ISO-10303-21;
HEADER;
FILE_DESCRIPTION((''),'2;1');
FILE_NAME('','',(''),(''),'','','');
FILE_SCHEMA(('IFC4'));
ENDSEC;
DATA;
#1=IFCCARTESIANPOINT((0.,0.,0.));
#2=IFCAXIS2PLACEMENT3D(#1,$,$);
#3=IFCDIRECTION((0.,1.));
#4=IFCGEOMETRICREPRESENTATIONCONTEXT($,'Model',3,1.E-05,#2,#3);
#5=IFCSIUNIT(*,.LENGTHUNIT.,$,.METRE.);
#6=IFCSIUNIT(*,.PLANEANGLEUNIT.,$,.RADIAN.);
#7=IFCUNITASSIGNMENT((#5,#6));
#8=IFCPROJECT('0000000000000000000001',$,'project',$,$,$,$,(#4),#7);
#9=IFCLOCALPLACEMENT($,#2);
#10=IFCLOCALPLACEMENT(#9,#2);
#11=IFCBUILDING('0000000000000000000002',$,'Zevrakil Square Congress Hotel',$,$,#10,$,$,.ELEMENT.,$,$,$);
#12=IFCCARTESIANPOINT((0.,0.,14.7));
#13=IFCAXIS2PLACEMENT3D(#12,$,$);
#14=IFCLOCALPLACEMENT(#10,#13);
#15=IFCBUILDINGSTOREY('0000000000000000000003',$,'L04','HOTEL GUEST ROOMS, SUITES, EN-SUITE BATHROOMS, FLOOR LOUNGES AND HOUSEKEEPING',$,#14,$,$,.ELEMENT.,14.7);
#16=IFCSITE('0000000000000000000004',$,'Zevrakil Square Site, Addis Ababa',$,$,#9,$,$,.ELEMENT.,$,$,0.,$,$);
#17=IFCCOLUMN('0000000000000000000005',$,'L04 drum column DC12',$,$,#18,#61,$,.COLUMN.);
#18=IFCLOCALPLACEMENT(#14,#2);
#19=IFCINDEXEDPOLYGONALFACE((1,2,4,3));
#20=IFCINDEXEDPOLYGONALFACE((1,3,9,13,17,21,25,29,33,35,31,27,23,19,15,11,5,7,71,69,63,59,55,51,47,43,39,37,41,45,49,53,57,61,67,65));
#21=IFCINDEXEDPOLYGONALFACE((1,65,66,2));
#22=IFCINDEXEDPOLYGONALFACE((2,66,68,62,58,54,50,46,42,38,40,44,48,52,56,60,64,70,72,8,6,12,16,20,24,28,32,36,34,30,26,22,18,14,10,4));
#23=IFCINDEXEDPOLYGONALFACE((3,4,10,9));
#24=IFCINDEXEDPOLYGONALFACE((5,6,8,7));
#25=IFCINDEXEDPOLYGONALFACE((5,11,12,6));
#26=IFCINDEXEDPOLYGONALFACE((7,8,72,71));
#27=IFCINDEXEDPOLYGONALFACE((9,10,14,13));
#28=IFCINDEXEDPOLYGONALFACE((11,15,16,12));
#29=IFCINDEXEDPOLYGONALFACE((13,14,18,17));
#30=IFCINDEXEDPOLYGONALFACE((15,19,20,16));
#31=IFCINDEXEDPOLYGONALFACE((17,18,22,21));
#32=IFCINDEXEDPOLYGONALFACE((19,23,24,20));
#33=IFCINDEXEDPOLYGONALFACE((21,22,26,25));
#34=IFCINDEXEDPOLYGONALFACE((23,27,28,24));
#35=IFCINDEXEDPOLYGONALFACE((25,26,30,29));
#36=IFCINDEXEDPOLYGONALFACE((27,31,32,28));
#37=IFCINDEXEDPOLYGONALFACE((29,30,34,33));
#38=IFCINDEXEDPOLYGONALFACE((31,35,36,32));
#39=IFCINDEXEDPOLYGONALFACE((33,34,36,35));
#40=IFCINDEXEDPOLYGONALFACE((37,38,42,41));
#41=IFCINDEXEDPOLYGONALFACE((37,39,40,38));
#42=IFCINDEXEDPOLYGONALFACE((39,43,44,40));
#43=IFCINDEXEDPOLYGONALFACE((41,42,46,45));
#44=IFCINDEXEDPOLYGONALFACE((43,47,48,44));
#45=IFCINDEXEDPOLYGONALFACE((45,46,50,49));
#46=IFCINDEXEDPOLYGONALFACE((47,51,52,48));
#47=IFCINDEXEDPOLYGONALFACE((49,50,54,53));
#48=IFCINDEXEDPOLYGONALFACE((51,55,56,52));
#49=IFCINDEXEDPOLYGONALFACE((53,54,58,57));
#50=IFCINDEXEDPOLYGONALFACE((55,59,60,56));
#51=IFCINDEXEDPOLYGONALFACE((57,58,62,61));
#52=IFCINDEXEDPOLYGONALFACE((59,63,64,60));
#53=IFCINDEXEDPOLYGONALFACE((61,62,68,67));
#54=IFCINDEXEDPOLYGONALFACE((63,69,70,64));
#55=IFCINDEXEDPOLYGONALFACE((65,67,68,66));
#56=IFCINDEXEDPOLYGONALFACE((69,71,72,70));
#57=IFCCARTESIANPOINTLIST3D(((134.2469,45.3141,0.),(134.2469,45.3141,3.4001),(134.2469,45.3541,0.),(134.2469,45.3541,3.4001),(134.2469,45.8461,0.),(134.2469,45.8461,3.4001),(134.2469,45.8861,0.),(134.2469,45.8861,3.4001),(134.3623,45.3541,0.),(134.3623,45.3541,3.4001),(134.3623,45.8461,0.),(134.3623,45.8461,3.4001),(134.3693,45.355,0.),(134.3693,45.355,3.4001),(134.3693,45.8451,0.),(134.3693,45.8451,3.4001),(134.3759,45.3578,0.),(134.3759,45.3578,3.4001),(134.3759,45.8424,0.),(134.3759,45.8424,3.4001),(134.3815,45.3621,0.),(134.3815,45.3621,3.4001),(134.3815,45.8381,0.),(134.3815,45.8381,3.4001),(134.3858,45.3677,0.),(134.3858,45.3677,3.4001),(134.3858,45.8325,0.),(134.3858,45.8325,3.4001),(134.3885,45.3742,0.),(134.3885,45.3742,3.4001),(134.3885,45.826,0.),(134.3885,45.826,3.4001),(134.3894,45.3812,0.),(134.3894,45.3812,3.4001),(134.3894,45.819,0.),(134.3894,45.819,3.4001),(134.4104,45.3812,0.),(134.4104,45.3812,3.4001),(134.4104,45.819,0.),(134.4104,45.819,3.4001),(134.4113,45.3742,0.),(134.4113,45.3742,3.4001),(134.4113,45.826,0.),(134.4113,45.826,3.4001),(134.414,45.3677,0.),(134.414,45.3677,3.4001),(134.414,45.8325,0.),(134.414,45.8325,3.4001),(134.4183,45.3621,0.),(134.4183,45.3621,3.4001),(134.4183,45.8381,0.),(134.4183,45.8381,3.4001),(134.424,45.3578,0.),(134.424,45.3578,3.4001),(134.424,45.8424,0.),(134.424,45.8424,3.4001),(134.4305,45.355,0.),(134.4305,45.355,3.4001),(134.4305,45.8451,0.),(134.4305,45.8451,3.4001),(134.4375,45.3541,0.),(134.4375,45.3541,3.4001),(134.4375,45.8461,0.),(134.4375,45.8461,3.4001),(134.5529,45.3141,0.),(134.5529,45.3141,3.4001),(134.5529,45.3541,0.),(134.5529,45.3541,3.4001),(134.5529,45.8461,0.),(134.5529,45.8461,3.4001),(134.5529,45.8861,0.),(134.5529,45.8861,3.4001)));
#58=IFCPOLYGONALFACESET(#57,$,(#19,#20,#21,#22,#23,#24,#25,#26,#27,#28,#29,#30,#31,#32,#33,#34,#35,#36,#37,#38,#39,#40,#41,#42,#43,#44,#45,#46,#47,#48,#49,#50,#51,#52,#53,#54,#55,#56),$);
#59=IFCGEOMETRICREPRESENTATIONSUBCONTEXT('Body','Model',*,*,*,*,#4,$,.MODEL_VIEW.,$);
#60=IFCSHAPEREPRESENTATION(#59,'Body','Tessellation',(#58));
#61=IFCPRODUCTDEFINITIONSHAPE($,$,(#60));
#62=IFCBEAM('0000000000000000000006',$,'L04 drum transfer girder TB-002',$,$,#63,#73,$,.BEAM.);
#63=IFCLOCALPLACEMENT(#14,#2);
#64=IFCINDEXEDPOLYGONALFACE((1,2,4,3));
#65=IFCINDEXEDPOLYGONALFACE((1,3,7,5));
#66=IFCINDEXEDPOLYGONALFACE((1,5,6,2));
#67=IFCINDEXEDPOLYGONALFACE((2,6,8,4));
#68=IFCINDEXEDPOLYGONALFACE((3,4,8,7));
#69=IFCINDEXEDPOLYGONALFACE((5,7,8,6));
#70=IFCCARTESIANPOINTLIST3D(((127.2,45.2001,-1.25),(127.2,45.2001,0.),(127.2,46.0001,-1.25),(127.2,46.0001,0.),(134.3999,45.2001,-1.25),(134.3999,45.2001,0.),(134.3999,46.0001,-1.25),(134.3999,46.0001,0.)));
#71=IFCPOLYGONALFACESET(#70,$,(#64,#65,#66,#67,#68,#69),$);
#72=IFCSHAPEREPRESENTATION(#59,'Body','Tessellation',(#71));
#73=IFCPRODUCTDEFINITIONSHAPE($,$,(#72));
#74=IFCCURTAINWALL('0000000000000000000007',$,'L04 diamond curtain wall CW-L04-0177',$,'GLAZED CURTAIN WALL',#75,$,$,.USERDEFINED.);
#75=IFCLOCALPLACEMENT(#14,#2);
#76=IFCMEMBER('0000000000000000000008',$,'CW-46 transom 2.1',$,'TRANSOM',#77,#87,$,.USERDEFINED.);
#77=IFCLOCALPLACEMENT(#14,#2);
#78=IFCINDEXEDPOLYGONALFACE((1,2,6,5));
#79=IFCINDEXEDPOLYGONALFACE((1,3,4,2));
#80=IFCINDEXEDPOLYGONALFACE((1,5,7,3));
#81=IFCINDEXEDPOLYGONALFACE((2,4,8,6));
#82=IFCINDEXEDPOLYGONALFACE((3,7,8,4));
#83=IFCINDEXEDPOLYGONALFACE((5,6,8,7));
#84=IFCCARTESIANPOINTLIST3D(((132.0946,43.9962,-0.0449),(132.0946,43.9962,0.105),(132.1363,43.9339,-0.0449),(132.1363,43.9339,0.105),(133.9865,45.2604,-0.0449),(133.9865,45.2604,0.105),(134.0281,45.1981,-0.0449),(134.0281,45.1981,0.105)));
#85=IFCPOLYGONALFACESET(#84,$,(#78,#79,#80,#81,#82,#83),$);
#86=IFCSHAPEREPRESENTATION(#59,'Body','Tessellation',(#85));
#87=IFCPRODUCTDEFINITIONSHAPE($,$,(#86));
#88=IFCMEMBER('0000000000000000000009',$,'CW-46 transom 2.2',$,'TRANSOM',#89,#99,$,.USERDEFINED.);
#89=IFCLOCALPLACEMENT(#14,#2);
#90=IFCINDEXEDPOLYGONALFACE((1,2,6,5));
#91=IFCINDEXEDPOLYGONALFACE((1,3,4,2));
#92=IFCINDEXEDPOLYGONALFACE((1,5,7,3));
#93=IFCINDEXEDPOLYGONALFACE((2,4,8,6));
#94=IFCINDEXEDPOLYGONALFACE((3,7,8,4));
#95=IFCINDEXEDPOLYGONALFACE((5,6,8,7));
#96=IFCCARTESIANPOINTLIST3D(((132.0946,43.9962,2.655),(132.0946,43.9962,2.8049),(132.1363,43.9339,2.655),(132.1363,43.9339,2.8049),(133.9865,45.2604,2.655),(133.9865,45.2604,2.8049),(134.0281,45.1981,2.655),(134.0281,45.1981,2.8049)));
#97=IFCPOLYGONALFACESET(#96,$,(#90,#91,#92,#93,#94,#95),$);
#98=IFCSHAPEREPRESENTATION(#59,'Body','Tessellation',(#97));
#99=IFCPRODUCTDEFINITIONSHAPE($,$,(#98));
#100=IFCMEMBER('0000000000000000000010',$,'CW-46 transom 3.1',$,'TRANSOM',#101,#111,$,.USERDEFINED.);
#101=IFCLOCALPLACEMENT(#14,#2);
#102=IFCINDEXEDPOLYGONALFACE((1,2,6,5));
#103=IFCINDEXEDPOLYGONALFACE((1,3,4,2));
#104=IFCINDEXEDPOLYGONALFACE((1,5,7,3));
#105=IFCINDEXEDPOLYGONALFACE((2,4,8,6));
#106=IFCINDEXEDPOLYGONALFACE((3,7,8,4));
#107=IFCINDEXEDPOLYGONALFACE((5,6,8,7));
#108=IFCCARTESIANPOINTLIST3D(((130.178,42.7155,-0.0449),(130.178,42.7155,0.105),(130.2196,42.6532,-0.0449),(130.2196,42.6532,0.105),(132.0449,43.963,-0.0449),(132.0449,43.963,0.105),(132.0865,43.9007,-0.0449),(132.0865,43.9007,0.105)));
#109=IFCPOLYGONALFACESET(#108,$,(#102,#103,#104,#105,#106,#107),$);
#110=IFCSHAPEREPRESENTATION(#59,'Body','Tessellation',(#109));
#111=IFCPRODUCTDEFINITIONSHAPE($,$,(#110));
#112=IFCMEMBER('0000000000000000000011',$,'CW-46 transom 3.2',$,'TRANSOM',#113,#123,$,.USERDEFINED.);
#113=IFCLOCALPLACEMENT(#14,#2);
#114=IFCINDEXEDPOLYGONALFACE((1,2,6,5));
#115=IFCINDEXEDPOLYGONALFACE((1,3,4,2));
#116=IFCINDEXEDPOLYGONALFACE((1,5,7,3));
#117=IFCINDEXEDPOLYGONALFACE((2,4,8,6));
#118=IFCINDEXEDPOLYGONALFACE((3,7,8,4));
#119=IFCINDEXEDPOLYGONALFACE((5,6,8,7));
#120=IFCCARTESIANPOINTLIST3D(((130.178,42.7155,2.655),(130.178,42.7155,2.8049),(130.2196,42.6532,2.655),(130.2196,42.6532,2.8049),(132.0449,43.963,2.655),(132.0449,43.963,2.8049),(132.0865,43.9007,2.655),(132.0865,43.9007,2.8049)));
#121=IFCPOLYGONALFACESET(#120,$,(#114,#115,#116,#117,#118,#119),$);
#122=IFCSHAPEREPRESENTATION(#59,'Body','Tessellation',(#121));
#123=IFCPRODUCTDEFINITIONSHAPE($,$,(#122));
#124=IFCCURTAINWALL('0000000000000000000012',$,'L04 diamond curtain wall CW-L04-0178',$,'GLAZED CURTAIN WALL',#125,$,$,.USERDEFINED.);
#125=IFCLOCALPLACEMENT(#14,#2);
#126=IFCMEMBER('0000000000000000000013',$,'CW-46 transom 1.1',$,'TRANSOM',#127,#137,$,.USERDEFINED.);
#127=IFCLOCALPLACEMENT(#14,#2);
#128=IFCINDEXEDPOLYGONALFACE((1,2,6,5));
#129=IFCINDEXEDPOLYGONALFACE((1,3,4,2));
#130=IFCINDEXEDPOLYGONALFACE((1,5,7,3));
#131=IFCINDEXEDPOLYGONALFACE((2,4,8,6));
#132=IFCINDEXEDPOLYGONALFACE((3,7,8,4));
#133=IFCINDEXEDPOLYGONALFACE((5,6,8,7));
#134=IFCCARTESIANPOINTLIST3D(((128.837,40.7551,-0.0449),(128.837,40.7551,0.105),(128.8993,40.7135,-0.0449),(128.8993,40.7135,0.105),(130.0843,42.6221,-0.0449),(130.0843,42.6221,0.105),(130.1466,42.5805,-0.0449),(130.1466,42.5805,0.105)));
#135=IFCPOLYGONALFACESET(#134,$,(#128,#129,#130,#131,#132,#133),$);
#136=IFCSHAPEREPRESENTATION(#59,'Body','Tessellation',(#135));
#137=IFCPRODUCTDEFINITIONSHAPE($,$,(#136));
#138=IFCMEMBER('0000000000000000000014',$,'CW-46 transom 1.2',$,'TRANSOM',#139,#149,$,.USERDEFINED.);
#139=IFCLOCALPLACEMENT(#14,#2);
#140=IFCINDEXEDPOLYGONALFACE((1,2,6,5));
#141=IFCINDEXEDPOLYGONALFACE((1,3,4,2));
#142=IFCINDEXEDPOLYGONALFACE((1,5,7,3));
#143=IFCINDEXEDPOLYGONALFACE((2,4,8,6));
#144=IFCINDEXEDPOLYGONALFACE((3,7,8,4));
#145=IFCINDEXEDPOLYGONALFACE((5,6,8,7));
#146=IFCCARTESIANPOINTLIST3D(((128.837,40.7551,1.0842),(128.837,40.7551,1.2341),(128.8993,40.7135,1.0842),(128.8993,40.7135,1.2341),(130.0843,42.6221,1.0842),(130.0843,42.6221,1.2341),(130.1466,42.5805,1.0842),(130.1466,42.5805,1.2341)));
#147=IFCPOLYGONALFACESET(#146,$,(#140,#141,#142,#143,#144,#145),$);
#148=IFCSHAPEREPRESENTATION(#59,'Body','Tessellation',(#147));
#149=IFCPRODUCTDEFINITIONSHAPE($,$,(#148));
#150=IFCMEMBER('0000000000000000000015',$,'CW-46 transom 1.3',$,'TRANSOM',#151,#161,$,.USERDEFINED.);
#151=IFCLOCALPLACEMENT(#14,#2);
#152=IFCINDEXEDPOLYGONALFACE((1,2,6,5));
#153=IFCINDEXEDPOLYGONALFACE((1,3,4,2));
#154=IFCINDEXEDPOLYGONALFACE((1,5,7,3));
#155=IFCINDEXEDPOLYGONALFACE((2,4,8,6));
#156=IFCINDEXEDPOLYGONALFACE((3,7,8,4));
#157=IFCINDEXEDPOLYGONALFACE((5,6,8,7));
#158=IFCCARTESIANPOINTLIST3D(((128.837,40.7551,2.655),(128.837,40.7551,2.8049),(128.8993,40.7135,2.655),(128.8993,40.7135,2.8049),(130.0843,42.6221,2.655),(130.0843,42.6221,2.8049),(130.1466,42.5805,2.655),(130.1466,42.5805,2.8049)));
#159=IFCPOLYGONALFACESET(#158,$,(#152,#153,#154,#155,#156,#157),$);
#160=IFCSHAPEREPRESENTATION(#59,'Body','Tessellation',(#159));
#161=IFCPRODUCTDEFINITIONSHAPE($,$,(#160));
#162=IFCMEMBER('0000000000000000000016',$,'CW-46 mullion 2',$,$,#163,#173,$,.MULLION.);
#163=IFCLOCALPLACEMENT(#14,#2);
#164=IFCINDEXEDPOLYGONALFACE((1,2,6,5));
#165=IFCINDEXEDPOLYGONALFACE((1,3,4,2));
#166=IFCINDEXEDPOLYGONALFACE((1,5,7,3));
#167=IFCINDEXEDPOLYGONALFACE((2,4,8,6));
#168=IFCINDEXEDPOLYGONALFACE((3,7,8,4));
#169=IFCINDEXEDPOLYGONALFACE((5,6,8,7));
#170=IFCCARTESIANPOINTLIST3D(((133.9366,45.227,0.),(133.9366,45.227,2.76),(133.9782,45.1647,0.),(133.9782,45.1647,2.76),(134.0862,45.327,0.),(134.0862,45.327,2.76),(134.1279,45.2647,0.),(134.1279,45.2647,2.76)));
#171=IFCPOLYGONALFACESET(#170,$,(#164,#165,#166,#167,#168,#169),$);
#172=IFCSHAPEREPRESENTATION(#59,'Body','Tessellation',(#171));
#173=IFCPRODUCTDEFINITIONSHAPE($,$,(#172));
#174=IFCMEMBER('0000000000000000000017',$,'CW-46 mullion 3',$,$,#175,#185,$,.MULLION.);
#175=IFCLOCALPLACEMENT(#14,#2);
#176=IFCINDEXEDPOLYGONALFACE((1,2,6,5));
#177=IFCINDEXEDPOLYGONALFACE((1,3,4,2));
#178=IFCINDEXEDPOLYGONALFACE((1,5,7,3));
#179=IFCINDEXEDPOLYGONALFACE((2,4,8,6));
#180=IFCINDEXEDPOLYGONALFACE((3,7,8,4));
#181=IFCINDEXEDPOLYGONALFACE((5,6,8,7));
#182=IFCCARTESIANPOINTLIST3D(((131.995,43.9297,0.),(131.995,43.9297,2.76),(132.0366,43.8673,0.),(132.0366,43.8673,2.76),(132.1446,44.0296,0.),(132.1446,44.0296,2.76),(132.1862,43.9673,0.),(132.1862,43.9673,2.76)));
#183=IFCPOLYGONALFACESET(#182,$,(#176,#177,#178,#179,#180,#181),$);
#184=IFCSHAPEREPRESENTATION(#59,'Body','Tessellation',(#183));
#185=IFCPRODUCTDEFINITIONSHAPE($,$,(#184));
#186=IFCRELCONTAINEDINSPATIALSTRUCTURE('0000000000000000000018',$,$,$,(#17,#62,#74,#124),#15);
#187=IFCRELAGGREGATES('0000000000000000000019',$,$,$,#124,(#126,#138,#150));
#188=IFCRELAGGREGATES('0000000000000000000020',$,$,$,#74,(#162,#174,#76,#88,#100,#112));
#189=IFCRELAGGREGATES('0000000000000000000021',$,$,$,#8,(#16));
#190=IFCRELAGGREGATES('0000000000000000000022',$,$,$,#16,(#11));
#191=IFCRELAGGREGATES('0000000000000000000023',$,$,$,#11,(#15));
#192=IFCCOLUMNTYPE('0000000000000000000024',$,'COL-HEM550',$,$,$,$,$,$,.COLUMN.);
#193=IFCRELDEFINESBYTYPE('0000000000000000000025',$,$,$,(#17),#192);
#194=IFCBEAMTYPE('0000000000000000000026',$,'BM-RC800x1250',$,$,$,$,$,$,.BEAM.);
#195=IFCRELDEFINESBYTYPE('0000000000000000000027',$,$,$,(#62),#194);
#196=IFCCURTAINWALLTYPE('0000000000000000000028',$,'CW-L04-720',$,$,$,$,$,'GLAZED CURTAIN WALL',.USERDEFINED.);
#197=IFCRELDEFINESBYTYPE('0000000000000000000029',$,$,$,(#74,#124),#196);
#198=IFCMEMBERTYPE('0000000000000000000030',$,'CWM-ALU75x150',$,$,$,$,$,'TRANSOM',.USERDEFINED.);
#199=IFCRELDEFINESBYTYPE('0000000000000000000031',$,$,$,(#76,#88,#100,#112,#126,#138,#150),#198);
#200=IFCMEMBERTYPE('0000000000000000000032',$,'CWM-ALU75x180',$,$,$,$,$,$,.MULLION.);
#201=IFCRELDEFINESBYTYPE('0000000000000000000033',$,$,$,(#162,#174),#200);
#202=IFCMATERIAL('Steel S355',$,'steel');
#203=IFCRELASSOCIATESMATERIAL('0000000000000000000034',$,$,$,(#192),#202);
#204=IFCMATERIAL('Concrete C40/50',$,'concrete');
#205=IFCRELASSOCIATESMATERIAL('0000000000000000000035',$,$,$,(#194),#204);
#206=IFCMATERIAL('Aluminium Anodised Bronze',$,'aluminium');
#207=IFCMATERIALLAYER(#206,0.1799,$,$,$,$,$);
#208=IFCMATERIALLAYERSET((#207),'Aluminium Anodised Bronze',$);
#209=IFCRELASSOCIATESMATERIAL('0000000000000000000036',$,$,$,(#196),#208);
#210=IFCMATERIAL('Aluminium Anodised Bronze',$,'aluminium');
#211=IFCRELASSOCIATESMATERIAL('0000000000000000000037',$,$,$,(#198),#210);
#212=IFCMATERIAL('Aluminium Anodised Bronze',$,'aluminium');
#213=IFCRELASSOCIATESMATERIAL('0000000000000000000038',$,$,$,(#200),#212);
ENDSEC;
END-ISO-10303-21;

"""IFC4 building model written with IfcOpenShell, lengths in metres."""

from ifc_helpers import new_model, si_unit, direction, frame, origin, origin_2d, place, context, subcontext, project, spatial, rectangle, i_section, extrude, material, layer, layer_set, material_profile, profile_set, type_object, element, aggregate, save


model = new_model("IFC4")

# Units and contexts
model_context = context("Model", 3, precision=1e-05, world=origin(), true_north=direction((0.0, 1.0)))
body_context = subcontext(model_context, "Body", "Model", "MODEL_VIEW")
ifc_project = project(units=[si_unit("LENGTHUNIT", "METRE"), si_unit("PLANEANGLEUNIT", "RADIAN")], contexts=[model_context])

# Site, building, storey
site_placement = place(None, origin())
site = spatial("IfcSite", under=ifc_project, at=site_placement, Name="Zevrakil Square Site, Addis Ababa", CompositionType="ELEMENT", RefElevation=0.0)
building_placement = place(site_placement, origin())
building = spatial("IfcBuilding", under=site, at=building_placement, Name="Zevrakil Square Congress Hotel", CompositionType="ELEMENT")
storey_placement = place(building_placement, frame((0.0, 0.0, 14.7)))
storey = spatial("IfcBuildingStorey", under=building, at=storey_placement, Name="L04", Description="HOTEL GUEST ROOMS, SUITES, EN-SUITE BATHROOMS, FLOOR LOUNGES AND HOUSEKEEPING", CompositionType="ELEMENT", Elevation=14.7)

# Column
ifc_material_1 = material(Name="Steel S355", Category="steel")
ifc_material_profile_1 = material_profile(ifc_material_1, i_section(OverallWidth=0.3059, OverallDepth=0.572, WebThickness=0.021, FlangeThickness=0.04, FilletRadius=0.0271, at=origin_2d()), Name="HEM 550")
ifc_profile_set_1 = profile_set([ifc_material_profile_1], Name="Steel S355")
column_type = type_object("IfcColumnType", Name="COL-HEM550", PredefinedType="COLUMN", material=ifc_profile_set_1)
column_placement = place(storey_placement, frame((134.3999, 45.6001, 0.0), z_axis=(0.0, 0.0, 1.0), x_axis=(1.0, 0.0, 0.0)))
element("IfcColumn", 1, at=column_placement, inside=storey, type_object=column_type, Name="L04 drum column DC12", PredefinedType="COLUMN", context=body_context, shape_type="SweptSolid", body=[
    extrude(i_section(OverallWidth=0.3059, OverallDepth=0.572, WebThickness=0.021, FlangeThickness=0.04, FilletRadius=0.0271, at=origin_2d()), origin(), (0.0, 0.0, 1.0), 3.4001),
])

# Beam
ifc_material_2 = material(Name="Concrete C40/50", Category="concrete")
ifc_material_profile_2 = material_profile(ifc_material_2, rectangle(XDim=0.8, YDim=1.25, at=origin_2d()), Name="RC 800x1250")
ifc_profile_set_2 = profile_set([ifc_material_profile_2], Name="Concrete C40/50")
beam_type = type_object("IfcBeamType", Name="BM-RC800x1250", PredefinedType="BEAM", material=ifc_profile_set_2)
beam_placement = place(storey_placement, frame((127.2, 45.6001, -0.625), z_axis=(1.0, 0.0, 0.0), x_axis=(0.0, 1.0, 0.0)))
element("IfcBeam", 2, at=beam_placement, inside=storey, type_object=beam_type, Name="L04 drum transfer girder TB-002", PredefinedType="BEAM", context=body_context, shape_type="SweptSolid", body=[
    extrude(rectangle(XDim=0.8, YDim=1.25, at=origin_2d()), origin(), (0.0, 0.0, 1.0), 7.2),
])

# Curtain walls, members
ifc_material_3 = material(Name="Aluminium Anodised Bronze", Category="aluminium")
ifc_layer_1 = layer(ifc_material_3, 0.1799)
ifc_layer_set_1 = layer_set([ifc_layer_1], Name="Aluminium Anodised Bronze")
curtain_wall_type = type_object("IfcCurtainWallType", Name="CW-L04-720", ElementType="GLAZED CURTAIN WALL", PredefinedType="USERDEFINED", material=ifc_layer_set_1)
curtain_wall_1_placement = place(storey_placement, origin())
curtain_wall_1 = element("IfcCurtainWall", 3, at=curtain_wall_1_placement, inside=storey, type_object=curtain_wall_type, Name="L04 diamond curtain wall CW-L04-0177", ObjectType="GLAZED CURTAIN WALL", PredefinedType="USERDEFINED")
ifc_material_4 = material(Name="Aluminium Anodised Bronze", Category="aluminium")
ifc_material_profile_3 = material_profile(ifc_material_4, rectangle(XDim=0.075, YDim=0.1499, at=origin_2d()), Name="ALU 75x150")
ifc_profile_set_3 = profile_set([ifc_material_profile_3], Name="Aluminium Anodised Bronze")
member_type_1 = type_object("IfcMemberType", Name="CWM-ALU75x150", ElementType="TRANSOM", PredefinedType="USERDEFINED", material=ifc_profile_set_3)
member_1_placement = place(storey_placement, frame((134.0073, 45.2292, 0.03), z_axis=(-0.831456, -0.555591, 0.0), x_axis=(0.555591, -0.831456, 0.0)))
member_1 = element("IfcMember", 4, at=member_1_placement, type_object=member_type_1, Name="CW-46 transom 2.1", ObjectType="TRANSOM", PredefinedType="USERDEFINED", context=body_context, shape_type="SweptSolid", body=[
    extrude(rectangle(XDim=0.075, YDim=0.1499, at=origin_2d()), origin(), (0.0, 0.0, 1.0), 2.2754),
])
member_2_placement = place(storey_placement, frame((134.0073, 45.2292, 2.73), z_axis=(-0.831456, -0.555591, 0.0), x_axis=(0.555591, -0.831456, 0.0)))
member_2 = element("IfcMember", 5, at=member_2_placement, type_object=member_type_1, Name="CW-46 transom 2.2", ObjectType="TRANSOM", PredefinedType="USERDEFINED", context=body_context, shape_type="SweptSolid", body=[
    extrude(rectangle(XDim=0.075, YDim=0.1499, at=origin_2d()), origin(), (0.0, 0.0, 1.0), 2.2754),
])
member_3_placement = place(storey_placement, frame((132.0657, 43.9319, 0.03), z_axis=(-0.831448, -0.555603, 0.0), x_axis=(0.555603, -0.831448, 0.0)))
member_3 = element("IfcMember", 6, at=member_3_placement, type_object=member_type_1, Name="CW-46 transom 3.1", ObjectType="TRANSOM", PredefinedType="USERDEFINED", context=body_context, shape_type="SweptSolid", body=[
    extrude(rectangle(XDim=0.075, YDim=0.1499, at=origin_2d()), origin(), (0.0, 0.0, 1.0), 2.2454),
])
member_4_placement = place(storey_placement, frame((132.0657, 43.9319, 2.73), z_axis=(-0.831448, -0.555603, 0.0), x_axis=(0.555603, -0.831448, 0.0)))
member_4 = element("IfcMember", 7, at=member_4_placement, type_object=member_type_1, Name="CW-46 transom 3.2", ObjectType="TRANSOM", PredefinedType="USERDEFINED", context=body_context, shape_type="SweptSolid", body=[
    extrude(rectangle(XDim=0.075, YDim=0.1499, at=origin_2d()), origin(), (0.0, 0.0, 1.0), 2.2454),
])
curtain_wall_2_placement = place(storey_placement, origin())
curtain_wall_2 = element("IfcCurtainWall", 8, at=curtain_wall_2_placement, inside=storey, type_object=curtain_wall_type, Name="L04 diamond curtain wall CW-L04-0178", ObjectType="GLAZED CURTAIN WALL", PredefinedType="USERDEFINED")
member_5_placement = place(storey_placement, frame((130.1155, 42.6013, 0.03), z_axis=(-0.555528, -0.831498, 0.0), x_axis=(0.831498, -0.555528, 0.0)))
member_5 = element("IfcMember", 9, at=member_5_placement, type_object=member_type_1, Name="CW-46 transom 1.1", ObjectType="TRANSOM", PredefinedType="USERDEFINED", context=body_context, shape_type="SweptSolid", body=[
    extrude(rectangle(XDim=0.075, YDim=0.1499, at=origin_2d()), origin(), (0.0, 0.0, 1.0), 2.2454),
])
member_6_placement = place(storey_placement, frame((130.1155, 42.6013, 1.1592), z_axis=(-0.555528, -0.831498, 0.0), x_axis=(0.831498, -0.555528, 0.0)))
member_6 = element("IfcMember", 10, at=member_6_placement, type_object=member_type_1, Name="CW-46 transom 1.2", ObjectType="TRANSOM", PredefinedType="USERDEFINED", context=body_context, shape_type="SweptSolid", body=[
    extrude(rectangle(XDim=0.075, YDim=0.1499, at=origin_2d()), origin(), (0.0, 0.0, 1.0), 2.2454),
])
member_7_placement = place(storey_placement, frame((130.1155, 42.6013, 2.73), z_axis=(-0.555528, -0.831498, 0.0), x_axis=(0.831498, -0.555528, 0.0)))
member_7 = element("IfcMember", 11, at=member_7_placement, type_object=member_type_1, Name="CW-46 transom 1.3", ObjectType="TRANSOM", PredefinedType="USERDEFINED", context=body_context, shape_type="SweptSolid", body=[
    extrude(rectangle(XDim=0.075, YDim=0.1499, at=origin_2d()), origin(), (0.0, 0.0, 1.0), 2.2454),
])

# Members
ifc_material_5 = material(Name="Aluminium Anodised Bronze", Category="aluminium")
ifc_material_profile_4 = material_profile(ifc_material_5, rectangle(XDim=0.075, YDim=0.1799, at=origin_2d()), Name="ALU 75x180")
ifc_profile_set_4 = profile_set([ifc_material_profile_4], Name="Aluminium Anodised Bronze")
member_type_2 = type_object("IfcMemberType", Name="CWM-ALU75x180", PredefinedType="MULLION", material=ifc_profile_set_4)
member_8_placement = place(storey_placement, frame((134.0322, 45.2458, 0.0), z_axis=(0.0, 0.0, 1.0), x_axis=(0.555576, -0.831466, 0.0)))
member_8 = element("IfcMember", 12, at=member_8_placement, type_object=member_type_2, Name="CW-46 mullion 2", PredefinedType="MULLION", context=body_context, shape_type="SweptSolid", body=[
    extrude(rectangle(XDim=0.075, YDim=0.1799, at=origin_2d()), origin(), (0.0, 0.0, 1.0), 2.76),
])
member_9_placement = place(storey_placement, frame((132.0906, 43.9485, 0.0), z_axis=(0.0, 0.0, 1.0), x_axis=(0.555576, -0.831466, 0.0)))
member_9 = element("IfcMember", 13, at=member_9_placement, type_object=member_type_2, Name="CW-46 mullion 3", PredefinedType="MULLION", context=body_context, shape_type="SweptSolid", body=[
    extrude(rectangle(XDim=0.075, YDim=0.1799, at=origin_2d()), origin(), (0.0, 0.0, 1.0), 2.76),
])

aggregate(curtain_wall_2, [member_5, member_6, member_7])
aggregate(curtain_wall_1, [member_8, member_9, member_1, member_2, member_3, member_4])

save(model, "model.ifc")
